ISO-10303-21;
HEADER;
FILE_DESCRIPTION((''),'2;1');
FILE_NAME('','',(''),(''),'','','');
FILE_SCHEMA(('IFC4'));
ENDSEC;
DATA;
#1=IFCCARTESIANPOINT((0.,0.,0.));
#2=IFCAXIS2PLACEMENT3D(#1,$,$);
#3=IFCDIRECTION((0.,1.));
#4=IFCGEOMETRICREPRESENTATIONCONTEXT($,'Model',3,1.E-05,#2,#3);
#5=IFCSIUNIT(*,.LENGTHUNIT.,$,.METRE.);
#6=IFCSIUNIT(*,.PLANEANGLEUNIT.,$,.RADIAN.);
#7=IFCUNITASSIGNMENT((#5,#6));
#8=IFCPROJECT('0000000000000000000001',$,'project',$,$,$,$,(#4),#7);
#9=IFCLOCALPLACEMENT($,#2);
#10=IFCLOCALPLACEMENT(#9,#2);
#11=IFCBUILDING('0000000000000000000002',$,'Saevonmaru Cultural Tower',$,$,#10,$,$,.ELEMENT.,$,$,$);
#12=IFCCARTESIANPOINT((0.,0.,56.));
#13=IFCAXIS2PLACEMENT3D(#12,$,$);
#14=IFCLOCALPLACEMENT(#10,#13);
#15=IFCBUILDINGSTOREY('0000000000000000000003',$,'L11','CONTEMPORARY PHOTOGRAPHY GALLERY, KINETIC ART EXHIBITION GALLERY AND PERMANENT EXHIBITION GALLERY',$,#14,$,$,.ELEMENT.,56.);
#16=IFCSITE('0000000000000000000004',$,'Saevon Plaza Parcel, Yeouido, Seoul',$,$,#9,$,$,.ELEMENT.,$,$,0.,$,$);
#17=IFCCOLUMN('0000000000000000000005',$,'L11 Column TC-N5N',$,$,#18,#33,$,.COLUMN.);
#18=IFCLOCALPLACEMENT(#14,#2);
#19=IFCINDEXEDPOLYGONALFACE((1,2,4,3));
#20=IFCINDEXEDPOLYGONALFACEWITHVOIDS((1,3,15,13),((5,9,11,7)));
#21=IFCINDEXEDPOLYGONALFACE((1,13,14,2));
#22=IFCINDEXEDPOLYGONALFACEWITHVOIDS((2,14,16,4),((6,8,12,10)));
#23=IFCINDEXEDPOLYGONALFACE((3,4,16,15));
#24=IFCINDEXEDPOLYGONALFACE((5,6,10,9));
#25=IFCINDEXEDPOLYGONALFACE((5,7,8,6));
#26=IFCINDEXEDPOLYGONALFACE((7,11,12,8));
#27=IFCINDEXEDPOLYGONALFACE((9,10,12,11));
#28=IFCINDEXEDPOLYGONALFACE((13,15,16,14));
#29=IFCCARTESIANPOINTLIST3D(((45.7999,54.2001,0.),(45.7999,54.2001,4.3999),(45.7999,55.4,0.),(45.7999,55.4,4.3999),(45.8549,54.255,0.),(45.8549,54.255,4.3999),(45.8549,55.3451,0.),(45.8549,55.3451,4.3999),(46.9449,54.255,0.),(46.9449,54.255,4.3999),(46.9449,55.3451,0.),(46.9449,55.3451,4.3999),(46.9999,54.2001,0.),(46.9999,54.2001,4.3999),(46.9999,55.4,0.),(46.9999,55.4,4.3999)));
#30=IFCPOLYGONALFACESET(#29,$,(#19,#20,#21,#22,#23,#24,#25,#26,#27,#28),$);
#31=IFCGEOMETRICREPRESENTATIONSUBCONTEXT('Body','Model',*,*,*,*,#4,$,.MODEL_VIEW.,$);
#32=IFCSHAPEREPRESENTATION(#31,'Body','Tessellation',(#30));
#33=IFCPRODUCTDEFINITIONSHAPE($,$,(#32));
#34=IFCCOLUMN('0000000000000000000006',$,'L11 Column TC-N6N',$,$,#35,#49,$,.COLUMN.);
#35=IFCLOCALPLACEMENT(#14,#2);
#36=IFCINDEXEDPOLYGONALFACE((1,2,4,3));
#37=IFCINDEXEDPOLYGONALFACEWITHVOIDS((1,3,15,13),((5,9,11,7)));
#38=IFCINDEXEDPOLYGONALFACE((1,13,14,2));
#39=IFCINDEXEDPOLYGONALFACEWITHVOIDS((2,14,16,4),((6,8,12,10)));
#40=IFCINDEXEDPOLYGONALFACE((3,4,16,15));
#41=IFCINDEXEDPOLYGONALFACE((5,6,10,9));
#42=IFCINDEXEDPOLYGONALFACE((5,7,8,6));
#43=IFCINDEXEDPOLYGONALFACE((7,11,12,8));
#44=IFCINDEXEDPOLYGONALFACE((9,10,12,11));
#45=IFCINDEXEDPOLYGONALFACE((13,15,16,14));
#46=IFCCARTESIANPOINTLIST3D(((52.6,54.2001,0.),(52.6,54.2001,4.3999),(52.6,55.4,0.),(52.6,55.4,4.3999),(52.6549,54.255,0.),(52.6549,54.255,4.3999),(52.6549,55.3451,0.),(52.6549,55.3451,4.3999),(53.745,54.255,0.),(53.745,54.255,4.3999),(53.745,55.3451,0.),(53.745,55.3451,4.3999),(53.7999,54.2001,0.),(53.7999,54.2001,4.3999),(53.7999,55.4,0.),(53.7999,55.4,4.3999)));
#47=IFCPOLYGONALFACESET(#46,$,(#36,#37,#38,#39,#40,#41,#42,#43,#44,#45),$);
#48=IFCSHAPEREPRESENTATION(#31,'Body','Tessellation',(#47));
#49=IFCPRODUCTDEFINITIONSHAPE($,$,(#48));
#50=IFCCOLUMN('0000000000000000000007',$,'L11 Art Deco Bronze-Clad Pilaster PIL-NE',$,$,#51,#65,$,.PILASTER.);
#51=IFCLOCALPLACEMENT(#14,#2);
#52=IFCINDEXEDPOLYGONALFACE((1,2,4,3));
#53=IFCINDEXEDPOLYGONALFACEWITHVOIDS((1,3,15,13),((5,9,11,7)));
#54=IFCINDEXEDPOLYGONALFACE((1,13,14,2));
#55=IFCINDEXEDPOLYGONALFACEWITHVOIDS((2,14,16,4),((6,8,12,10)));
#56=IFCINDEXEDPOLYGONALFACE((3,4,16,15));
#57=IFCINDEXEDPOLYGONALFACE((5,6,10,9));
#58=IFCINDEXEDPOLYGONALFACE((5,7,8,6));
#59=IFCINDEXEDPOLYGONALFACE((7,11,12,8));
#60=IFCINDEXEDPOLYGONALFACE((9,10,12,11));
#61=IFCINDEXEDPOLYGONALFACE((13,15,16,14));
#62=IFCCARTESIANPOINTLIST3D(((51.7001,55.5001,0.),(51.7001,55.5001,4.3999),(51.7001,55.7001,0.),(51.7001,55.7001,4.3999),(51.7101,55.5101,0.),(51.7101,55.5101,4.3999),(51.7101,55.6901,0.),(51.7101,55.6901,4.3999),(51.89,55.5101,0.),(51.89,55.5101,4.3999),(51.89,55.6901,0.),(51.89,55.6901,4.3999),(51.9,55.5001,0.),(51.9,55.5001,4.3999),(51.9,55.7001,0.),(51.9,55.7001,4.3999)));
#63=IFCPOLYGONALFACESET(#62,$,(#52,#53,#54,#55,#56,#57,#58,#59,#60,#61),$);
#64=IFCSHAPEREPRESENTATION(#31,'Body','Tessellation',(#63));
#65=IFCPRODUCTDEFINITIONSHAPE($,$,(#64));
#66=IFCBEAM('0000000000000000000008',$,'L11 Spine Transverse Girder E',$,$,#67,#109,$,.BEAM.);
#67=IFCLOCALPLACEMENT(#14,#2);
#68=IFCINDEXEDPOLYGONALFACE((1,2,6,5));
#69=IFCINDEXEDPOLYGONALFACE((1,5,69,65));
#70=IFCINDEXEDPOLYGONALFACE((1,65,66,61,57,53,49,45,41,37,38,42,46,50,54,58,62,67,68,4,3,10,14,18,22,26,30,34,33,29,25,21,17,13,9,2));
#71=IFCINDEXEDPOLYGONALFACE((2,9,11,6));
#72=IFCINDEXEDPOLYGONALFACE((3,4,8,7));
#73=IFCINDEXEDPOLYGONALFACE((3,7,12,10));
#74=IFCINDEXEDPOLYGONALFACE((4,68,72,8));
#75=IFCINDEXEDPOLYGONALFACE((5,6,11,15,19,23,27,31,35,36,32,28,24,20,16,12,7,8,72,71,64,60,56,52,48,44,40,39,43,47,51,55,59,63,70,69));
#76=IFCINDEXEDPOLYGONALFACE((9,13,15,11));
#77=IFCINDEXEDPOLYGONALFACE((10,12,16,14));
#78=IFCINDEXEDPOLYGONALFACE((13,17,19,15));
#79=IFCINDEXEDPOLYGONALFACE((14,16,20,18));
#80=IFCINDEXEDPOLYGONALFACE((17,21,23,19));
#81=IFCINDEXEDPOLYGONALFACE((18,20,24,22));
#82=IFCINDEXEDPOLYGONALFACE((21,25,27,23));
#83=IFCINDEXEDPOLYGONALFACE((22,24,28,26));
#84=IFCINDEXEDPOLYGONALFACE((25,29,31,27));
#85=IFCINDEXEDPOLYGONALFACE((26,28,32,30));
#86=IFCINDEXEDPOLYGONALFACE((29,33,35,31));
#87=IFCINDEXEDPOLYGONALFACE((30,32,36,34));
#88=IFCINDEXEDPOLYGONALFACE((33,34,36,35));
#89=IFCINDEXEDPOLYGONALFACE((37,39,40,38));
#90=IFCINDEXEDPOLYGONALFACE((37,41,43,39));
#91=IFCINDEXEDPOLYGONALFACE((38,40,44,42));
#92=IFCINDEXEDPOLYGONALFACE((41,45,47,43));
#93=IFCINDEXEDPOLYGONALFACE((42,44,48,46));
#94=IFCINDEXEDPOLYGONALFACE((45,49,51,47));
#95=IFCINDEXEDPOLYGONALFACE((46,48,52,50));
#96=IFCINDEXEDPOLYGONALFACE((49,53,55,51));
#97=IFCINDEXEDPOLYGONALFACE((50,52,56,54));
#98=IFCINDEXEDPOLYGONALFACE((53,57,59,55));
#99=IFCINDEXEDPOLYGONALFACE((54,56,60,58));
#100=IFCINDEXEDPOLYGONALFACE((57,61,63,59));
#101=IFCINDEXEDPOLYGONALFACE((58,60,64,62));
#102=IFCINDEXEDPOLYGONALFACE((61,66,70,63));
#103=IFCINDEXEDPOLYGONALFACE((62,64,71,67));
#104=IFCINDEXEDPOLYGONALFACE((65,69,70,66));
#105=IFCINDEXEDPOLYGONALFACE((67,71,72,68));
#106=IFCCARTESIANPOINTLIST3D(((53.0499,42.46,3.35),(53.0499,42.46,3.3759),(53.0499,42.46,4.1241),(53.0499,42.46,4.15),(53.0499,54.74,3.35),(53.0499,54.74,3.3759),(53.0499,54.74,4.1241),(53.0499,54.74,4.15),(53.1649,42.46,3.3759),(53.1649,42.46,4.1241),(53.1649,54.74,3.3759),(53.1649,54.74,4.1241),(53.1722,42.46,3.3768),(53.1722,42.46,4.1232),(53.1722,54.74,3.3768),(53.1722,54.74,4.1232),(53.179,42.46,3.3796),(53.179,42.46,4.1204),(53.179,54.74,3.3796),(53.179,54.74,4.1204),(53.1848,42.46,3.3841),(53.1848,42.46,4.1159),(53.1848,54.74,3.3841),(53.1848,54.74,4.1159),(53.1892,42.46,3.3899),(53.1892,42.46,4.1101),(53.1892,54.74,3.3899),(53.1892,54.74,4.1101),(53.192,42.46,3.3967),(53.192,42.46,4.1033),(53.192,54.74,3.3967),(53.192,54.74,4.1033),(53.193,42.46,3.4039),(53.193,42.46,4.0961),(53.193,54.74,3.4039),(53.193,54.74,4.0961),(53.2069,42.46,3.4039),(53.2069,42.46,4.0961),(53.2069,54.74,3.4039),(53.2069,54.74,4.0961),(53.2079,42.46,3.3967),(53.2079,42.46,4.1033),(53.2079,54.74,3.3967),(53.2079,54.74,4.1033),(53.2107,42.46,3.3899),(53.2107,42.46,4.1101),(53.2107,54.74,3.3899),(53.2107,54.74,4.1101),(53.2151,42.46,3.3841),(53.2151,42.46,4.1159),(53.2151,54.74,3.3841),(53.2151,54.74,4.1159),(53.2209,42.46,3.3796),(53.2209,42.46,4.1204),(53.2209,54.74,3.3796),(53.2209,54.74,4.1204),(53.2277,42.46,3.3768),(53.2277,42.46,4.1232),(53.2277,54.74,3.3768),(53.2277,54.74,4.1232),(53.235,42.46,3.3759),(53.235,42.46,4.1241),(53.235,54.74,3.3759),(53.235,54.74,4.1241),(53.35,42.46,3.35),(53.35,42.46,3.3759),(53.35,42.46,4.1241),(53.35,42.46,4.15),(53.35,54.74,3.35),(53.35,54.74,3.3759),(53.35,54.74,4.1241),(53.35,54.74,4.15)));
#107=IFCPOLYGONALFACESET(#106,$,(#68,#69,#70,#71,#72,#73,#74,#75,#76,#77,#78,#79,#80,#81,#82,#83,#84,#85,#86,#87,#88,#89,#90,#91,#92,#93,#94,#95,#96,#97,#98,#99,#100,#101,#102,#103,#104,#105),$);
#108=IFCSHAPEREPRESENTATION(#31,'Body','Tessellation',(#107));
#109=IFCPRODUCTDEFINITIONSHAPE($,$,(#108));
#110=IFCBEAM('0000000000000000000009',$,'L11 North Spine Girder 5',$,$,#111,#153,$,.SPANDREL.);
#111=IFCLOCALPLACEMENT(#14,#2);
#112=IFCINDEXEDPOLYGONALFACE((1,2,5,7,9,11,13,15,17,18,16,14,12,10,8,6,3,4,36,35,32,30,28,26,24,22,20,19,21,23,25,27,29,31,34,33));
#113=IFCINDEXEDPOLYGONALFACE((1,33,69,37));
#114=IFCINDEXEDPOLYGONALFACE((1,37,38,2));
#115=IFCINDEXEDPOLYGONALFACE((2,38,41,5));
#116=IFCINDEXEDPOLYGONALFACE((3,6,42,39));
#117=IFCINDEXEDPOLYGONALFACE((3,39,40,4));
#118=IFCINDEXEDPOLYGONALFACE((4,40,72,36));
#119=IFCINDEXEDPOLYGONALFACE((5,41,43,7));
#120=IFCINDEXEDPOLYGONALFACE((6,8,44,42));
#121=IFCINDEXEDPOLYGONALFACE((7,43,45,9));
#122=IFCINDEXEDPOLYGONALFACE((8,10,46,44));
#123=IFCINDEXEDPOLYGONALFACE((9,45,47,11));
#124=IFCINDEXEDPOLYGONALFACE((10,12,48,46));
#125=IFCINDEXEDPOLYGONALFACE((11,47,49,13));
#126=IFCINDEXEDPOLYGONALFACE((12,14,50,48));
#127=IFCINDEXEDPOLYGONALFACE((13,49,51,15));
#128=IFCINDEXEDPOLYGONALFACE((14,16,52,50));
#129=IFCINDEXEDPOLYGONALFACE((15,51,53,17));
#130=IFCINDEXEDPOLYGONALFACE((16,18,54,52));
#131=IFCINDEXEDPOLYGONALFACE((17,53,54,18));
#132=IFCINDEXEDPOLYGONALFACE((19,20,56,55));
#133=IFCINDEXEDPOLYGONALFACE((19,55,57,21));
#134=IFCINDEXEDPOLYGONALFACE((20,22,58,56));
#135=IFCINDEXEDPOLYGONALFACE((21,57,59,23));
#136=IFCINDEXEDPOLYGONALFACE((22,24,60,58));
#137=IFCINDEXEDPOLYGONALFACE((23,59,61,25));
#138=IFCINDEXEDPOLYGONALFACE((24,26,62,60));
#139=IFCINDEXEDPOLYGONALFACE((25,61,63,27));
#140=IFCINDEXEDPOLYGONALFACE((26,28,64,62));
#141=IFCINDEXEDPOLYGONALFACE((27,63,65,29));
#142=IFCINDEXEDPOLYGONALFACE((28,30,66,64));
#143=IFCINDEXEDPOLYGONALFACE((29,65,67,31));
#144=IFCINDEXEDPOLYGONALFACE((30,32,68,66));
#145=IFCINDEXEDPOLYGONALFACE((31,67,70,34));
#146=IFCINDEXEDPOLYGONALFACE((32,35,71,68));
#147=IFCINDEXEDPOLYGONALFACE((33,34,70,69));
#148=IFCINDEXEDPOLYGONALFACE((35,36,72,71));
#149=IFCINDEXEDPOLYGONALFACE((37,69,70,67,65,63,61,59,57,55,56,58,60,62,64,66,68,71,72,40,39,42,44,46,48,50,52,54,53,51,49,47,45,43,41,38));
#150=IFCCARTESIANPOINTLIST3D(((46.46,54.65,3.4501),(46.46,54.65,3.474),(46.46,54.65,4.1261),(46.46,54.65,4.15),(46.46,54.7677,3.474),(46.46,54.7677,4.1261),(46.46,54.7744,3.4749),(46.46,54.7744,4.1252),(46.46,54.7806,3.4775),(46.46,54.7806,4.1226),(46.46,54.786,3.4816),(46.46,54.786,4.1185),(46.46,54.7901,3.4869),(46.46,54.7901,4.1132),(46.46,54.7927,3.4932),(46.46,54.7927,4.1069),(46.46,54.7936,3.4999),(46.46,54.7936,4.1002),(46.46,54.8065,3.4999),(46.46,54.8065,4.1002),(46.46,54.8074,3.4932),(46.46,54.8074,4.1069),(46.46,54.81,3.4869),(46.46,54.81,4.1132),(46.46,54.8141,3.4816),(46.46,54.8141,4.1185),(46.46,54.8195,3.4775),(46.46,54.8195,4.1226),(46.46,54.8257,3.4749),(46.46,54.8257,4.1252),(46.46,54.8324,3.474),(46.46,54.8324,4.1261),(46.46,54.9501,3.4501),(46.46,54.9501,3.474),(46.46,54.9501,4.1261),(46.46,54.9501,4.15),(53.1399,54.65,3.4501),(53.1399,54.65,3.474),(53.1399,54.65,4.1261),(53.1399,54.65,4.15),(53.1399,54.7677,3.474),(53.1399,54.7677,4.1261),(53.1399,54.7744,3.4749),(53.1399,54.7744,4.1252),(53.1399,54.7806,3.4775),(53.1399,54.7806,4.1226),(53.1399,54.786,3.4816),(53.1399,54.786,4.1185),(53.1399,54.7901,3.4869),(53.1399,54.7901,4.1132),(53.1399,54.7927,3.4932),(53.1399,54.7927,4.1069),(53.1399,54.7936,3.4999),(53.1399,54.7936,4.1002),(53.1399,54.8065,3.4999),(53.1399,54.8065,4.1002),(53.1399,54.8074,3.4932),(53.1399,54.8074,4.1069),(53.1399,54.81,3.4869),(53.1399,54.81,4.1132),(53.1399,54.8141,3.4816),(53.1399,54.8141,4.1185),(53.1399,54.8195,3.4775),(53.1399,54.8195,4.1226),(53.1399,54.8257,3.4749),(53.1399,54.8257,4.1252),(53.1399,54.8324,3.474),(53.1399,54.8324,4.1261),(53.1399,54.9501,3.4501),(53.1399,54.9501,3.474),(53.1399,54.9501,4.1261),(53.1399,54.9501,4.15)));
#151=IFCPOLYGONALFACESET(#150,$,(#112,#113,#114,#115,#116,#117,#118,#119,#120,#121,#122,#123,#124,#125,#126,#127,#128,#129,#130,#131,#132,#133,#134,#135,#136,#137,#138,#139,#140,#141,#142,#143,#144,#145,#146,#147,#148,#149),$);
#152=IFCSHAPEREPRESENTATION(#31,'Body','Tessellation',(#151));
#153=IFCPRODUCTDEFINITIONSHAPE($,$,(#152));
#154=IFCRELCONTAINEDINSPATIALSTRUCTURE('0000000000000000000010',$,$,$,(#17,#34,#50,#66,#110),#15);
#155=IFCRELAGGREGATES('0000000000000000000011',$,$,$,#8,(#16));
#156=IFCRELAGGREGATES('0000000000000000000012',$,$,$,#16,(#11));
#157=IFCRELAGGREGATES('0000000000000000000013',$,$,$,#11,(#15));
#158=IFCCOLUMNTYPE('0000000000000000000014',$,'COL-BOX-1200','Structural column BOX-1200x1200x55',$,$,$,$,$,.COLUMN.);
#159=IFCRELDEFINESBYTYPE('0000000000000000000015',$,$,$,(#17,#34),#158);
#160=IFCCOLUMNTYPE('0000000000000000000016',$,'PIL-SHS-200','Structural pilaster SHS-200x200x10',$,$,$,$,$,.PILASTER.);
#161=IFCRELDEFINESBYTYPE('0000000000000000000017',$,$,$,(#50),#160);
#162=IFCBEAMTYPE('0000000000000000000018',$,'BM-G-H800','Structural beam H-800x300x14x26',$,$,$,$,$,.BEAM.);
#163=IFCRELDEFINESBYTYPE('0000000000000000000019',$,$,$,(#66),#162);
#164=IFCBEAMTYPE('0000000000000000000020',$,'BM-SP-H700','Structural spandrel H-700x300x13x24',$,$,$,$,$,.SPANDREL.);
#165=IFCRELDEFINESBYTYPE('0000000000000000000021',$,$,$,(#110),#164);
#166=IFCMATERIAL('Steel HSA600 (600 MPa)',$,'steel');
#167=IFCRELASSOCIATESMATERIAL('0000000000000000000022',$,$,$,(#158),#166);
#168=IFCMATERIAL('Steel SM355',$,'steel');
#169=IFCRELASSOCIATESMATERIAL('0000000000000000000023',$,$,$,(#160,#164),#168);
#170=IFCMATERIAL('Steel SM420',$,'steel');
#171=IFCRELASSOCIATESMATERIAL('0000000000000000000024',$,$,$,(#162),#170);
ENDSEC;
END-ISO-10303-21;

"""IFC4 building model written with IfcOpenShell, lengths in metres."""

from ifc_helpers import new_model, si_unit, direction, frame, origin, origin_2d, place, context, subcontext, project, spatial, hollow_rectangle, i_section, extrude, material, material_profile, profile_set, type_object, element, save


model = new_model("IFC4")

# Units and contexts
model_context = context("Model", 3, precision=1e-05, world=origin(), true_north=direction((0.0, 1.0)))
body_context = subcontext(model_context, "Body", "Model", "MODEL_VIEW")
ifc_project = project(units=[si_unit("LENGTHUNIT", "METRE"), si_unit("PLANEANGLEUNIT", "RADIAN")], contexts=[model_context])

# Site, building, storey
site_placement = place(None, origin())
site = spatial("IfcSite", under=ifc_project, at=site_placement, Name="Saevon Plaza Parcel, Yeouido, Seoul", CompositionType="ELEMENT", RefElevation=0.0)
building_placement = place(site_placement, origin())
building = spatial("IfcBuilding", under=site, at=building_placement, Name="Saevonmaru Cultural Tower", CompositionType="ELEMENT")
storey_placement = place(building_placement, frame((0.0, 0.0, 56.0)))
storey = spatial("IfcBuildingStorey", under=building, at=storey_placement, Name="L11", Description="CONTEMPORARY PHOTOGRAPHY GALLERY, KINETIC ART EXHIBITION GALLERY AND PERMANENT EXHIBITION GALLERY", CompositionType="ELEMENT", Elevation=56.0)

# Columns
ifc_material_1 = material(Name="Steel HSA600 (600 MPa)", Category="steel")
ifc_material_profile_1 = material_profile(ifc_material_1, hollow_rectangle(XDim=1.2, YDim=1.2, WallThickness=0.0549, at=origin_2d()), Name="BOX-1200x1200x55")
ifc_profile_set_1 = profile_set([ifc_material_profile_1], Name="Steel HSA600 (600 MPa)")
column_type_1 = type_object("IfcColumnType", Name="COL-BOX-1200", Description="Structural column BOX-1200x1200x55", PredefinedType="COLUMN", material=ifc_profile_set_1)
for number, where, z_axis, x_axis, name in (
    (1, (46.3999, 54.8, 0.0), (0.0, 0.0, 1.0), (1.0, 0.0, 0.0), "L11 Column TC-N5N"),
    (2, (53.2, 54.8, 0.0), (0.0, 0.0, 1.0), (1.0, 0.0, 0.0), "L11 Column TC-N6N"),
):
    element("IfcColumn", number, at=place(storey_placement, frame(where, z_axis=z_axis, x_axis=x_axis)), inside=storey, type_object=column_type_1, Name=name, PredefinedType="COLUMN", context=body_context, shape_type="SweptSolid", body=[
        extrude(hollow_rectangle(XDim=1.2, YDim=1.2, WallThickness=0.0549, at=origin_2d()), origin(), (0.0, 0.0, 1.0), 4.3999),
    ])
ifc_material_2 = material(Name="Steel SM355", Category="steel")
ifc_material_profile_2 = material_profile(ifc_material_2, hollow_rectangle(XDim=0.2, YDim=0.2, WallThickness=0.01, at=origin_2d()), Name="SHS-200x200x10")
ifc_profile_set_2 = profile_set([ifc_material_profile_2], Name="Steel SM355")
column_type_2 = type_object("IfcColumnType", Name="PIL-SHS-200", Description="Structural pilaster SHS-200x200x10", PredefinedType="PILASTER", material=ifc_profile_set_2)
column_placement = place(storey_placement, frame((51.8, 55.6001, 0.0), z_axis=(0.0, 0.0, 1.0), x_axis=(1.0, 0.0, 0.0)))
element("IfcColumn", 3, at=column_placement, inside=storey, type_object=column_type_2, Name="L11 Art Deco Bronze-Clad Pilaster PIL-NE", PredefinedType="PILASTER", context=body_context, shape_type="SweptSolid", body=[
    extrude(hollow_rectangle(XDim=0.2, YDim=0.2, WallThickness=0.01, at=origin_2d()), origin(), (0.0, 0.0, 1.0), 4.3999),
])

# Beams
ifc_material_3 = material(Name="Steel SM420", Category="steel")
ifc_material_profile_3 = material_profile(ifc_material_3, i_section(OverallWidth=0.3, OverallDepth=0.8, WebThickness=0.0139, FlangeThickness=0.0259, FilletRadius=0.0281, at=origin_2d()), Name="H-800x300x14x26")
ifc_profile_set_3 = profile_set([ifc_material_profile_3], Name="Steel SM420")
beam_type_1 = type_object("IfcBeamType", Name="BM-G-H800", Description="Structural beam H-800x300x14x26", PredefinedType="BEAM", material=ifc_profile_set_3)
beam_1_placement = place(storey_placement, frame((53.2, 54.74, 3.75), z_axis=(0.0, -1.0, 0.0), x_axis=(1.0, 0.0, 0.0)))
element("IfcBeam", 4, at=beam_1_placement, inside=storey, type_object=beam_type_1, Name="L11 Spine Transverse Girder E", PredefinedType="BEAM", context=body_context, shape_type="SweptSolid", body=[
    extrude(i_section(OverallWidth=0.3, OverallDepth=0.8, WebThickness=0.0139, FlangeThickness=0.0259, FilletRadius=0.0281, at=origin_2d()), origin(), (0.0, 0.0, 1.0), 12.28),
])
ifc_material_profile_4 = material_profile(ifc_material_2, i_section(OverallWidth=0.3, OverallDepth=0.7, WebThickness=0.0129, FlangeThickness=0.0239, FilletRadius=0.0259, at=origin_2d()), Name="H-700x300x13x24")
ifc_profile_set_4 = profile_set([ifc_material_profile_4], Name="Steel SM355")
beam_type_2 = type_object("IfcBeamType", Name="BM-SP-H700", Description="Structural spandrel H-700x300x13x24", PredefinedType="SPANDREL", material=ifc_profile_set_4)
beam_2_placement = place(storey_placement, frame((46.46, 54.8, 3.8), z_axis=(1.0, 0.0, 0.0), x_axis=(0.0, 1.0, 0.0)))
element("IfcBeam", 5, at=beam_2_placement, inside=storey, type_object=beam_type_2, Name="L11 North Spine Girder 5", PredefinedType="SPANDREL", context=body_context, shape_type="SweptSolid", body=[
    extrude(i_section(OverallWidth=0.3, OverallDepth=0.7, WebThickness=0.0129, FlangeThickness=0.0239, FilletRadius=0.0259, at=origin_2d()), origin(), (0.0, 0.0, 1.0), 6.6799),
])

save(model, "model.ifc")
